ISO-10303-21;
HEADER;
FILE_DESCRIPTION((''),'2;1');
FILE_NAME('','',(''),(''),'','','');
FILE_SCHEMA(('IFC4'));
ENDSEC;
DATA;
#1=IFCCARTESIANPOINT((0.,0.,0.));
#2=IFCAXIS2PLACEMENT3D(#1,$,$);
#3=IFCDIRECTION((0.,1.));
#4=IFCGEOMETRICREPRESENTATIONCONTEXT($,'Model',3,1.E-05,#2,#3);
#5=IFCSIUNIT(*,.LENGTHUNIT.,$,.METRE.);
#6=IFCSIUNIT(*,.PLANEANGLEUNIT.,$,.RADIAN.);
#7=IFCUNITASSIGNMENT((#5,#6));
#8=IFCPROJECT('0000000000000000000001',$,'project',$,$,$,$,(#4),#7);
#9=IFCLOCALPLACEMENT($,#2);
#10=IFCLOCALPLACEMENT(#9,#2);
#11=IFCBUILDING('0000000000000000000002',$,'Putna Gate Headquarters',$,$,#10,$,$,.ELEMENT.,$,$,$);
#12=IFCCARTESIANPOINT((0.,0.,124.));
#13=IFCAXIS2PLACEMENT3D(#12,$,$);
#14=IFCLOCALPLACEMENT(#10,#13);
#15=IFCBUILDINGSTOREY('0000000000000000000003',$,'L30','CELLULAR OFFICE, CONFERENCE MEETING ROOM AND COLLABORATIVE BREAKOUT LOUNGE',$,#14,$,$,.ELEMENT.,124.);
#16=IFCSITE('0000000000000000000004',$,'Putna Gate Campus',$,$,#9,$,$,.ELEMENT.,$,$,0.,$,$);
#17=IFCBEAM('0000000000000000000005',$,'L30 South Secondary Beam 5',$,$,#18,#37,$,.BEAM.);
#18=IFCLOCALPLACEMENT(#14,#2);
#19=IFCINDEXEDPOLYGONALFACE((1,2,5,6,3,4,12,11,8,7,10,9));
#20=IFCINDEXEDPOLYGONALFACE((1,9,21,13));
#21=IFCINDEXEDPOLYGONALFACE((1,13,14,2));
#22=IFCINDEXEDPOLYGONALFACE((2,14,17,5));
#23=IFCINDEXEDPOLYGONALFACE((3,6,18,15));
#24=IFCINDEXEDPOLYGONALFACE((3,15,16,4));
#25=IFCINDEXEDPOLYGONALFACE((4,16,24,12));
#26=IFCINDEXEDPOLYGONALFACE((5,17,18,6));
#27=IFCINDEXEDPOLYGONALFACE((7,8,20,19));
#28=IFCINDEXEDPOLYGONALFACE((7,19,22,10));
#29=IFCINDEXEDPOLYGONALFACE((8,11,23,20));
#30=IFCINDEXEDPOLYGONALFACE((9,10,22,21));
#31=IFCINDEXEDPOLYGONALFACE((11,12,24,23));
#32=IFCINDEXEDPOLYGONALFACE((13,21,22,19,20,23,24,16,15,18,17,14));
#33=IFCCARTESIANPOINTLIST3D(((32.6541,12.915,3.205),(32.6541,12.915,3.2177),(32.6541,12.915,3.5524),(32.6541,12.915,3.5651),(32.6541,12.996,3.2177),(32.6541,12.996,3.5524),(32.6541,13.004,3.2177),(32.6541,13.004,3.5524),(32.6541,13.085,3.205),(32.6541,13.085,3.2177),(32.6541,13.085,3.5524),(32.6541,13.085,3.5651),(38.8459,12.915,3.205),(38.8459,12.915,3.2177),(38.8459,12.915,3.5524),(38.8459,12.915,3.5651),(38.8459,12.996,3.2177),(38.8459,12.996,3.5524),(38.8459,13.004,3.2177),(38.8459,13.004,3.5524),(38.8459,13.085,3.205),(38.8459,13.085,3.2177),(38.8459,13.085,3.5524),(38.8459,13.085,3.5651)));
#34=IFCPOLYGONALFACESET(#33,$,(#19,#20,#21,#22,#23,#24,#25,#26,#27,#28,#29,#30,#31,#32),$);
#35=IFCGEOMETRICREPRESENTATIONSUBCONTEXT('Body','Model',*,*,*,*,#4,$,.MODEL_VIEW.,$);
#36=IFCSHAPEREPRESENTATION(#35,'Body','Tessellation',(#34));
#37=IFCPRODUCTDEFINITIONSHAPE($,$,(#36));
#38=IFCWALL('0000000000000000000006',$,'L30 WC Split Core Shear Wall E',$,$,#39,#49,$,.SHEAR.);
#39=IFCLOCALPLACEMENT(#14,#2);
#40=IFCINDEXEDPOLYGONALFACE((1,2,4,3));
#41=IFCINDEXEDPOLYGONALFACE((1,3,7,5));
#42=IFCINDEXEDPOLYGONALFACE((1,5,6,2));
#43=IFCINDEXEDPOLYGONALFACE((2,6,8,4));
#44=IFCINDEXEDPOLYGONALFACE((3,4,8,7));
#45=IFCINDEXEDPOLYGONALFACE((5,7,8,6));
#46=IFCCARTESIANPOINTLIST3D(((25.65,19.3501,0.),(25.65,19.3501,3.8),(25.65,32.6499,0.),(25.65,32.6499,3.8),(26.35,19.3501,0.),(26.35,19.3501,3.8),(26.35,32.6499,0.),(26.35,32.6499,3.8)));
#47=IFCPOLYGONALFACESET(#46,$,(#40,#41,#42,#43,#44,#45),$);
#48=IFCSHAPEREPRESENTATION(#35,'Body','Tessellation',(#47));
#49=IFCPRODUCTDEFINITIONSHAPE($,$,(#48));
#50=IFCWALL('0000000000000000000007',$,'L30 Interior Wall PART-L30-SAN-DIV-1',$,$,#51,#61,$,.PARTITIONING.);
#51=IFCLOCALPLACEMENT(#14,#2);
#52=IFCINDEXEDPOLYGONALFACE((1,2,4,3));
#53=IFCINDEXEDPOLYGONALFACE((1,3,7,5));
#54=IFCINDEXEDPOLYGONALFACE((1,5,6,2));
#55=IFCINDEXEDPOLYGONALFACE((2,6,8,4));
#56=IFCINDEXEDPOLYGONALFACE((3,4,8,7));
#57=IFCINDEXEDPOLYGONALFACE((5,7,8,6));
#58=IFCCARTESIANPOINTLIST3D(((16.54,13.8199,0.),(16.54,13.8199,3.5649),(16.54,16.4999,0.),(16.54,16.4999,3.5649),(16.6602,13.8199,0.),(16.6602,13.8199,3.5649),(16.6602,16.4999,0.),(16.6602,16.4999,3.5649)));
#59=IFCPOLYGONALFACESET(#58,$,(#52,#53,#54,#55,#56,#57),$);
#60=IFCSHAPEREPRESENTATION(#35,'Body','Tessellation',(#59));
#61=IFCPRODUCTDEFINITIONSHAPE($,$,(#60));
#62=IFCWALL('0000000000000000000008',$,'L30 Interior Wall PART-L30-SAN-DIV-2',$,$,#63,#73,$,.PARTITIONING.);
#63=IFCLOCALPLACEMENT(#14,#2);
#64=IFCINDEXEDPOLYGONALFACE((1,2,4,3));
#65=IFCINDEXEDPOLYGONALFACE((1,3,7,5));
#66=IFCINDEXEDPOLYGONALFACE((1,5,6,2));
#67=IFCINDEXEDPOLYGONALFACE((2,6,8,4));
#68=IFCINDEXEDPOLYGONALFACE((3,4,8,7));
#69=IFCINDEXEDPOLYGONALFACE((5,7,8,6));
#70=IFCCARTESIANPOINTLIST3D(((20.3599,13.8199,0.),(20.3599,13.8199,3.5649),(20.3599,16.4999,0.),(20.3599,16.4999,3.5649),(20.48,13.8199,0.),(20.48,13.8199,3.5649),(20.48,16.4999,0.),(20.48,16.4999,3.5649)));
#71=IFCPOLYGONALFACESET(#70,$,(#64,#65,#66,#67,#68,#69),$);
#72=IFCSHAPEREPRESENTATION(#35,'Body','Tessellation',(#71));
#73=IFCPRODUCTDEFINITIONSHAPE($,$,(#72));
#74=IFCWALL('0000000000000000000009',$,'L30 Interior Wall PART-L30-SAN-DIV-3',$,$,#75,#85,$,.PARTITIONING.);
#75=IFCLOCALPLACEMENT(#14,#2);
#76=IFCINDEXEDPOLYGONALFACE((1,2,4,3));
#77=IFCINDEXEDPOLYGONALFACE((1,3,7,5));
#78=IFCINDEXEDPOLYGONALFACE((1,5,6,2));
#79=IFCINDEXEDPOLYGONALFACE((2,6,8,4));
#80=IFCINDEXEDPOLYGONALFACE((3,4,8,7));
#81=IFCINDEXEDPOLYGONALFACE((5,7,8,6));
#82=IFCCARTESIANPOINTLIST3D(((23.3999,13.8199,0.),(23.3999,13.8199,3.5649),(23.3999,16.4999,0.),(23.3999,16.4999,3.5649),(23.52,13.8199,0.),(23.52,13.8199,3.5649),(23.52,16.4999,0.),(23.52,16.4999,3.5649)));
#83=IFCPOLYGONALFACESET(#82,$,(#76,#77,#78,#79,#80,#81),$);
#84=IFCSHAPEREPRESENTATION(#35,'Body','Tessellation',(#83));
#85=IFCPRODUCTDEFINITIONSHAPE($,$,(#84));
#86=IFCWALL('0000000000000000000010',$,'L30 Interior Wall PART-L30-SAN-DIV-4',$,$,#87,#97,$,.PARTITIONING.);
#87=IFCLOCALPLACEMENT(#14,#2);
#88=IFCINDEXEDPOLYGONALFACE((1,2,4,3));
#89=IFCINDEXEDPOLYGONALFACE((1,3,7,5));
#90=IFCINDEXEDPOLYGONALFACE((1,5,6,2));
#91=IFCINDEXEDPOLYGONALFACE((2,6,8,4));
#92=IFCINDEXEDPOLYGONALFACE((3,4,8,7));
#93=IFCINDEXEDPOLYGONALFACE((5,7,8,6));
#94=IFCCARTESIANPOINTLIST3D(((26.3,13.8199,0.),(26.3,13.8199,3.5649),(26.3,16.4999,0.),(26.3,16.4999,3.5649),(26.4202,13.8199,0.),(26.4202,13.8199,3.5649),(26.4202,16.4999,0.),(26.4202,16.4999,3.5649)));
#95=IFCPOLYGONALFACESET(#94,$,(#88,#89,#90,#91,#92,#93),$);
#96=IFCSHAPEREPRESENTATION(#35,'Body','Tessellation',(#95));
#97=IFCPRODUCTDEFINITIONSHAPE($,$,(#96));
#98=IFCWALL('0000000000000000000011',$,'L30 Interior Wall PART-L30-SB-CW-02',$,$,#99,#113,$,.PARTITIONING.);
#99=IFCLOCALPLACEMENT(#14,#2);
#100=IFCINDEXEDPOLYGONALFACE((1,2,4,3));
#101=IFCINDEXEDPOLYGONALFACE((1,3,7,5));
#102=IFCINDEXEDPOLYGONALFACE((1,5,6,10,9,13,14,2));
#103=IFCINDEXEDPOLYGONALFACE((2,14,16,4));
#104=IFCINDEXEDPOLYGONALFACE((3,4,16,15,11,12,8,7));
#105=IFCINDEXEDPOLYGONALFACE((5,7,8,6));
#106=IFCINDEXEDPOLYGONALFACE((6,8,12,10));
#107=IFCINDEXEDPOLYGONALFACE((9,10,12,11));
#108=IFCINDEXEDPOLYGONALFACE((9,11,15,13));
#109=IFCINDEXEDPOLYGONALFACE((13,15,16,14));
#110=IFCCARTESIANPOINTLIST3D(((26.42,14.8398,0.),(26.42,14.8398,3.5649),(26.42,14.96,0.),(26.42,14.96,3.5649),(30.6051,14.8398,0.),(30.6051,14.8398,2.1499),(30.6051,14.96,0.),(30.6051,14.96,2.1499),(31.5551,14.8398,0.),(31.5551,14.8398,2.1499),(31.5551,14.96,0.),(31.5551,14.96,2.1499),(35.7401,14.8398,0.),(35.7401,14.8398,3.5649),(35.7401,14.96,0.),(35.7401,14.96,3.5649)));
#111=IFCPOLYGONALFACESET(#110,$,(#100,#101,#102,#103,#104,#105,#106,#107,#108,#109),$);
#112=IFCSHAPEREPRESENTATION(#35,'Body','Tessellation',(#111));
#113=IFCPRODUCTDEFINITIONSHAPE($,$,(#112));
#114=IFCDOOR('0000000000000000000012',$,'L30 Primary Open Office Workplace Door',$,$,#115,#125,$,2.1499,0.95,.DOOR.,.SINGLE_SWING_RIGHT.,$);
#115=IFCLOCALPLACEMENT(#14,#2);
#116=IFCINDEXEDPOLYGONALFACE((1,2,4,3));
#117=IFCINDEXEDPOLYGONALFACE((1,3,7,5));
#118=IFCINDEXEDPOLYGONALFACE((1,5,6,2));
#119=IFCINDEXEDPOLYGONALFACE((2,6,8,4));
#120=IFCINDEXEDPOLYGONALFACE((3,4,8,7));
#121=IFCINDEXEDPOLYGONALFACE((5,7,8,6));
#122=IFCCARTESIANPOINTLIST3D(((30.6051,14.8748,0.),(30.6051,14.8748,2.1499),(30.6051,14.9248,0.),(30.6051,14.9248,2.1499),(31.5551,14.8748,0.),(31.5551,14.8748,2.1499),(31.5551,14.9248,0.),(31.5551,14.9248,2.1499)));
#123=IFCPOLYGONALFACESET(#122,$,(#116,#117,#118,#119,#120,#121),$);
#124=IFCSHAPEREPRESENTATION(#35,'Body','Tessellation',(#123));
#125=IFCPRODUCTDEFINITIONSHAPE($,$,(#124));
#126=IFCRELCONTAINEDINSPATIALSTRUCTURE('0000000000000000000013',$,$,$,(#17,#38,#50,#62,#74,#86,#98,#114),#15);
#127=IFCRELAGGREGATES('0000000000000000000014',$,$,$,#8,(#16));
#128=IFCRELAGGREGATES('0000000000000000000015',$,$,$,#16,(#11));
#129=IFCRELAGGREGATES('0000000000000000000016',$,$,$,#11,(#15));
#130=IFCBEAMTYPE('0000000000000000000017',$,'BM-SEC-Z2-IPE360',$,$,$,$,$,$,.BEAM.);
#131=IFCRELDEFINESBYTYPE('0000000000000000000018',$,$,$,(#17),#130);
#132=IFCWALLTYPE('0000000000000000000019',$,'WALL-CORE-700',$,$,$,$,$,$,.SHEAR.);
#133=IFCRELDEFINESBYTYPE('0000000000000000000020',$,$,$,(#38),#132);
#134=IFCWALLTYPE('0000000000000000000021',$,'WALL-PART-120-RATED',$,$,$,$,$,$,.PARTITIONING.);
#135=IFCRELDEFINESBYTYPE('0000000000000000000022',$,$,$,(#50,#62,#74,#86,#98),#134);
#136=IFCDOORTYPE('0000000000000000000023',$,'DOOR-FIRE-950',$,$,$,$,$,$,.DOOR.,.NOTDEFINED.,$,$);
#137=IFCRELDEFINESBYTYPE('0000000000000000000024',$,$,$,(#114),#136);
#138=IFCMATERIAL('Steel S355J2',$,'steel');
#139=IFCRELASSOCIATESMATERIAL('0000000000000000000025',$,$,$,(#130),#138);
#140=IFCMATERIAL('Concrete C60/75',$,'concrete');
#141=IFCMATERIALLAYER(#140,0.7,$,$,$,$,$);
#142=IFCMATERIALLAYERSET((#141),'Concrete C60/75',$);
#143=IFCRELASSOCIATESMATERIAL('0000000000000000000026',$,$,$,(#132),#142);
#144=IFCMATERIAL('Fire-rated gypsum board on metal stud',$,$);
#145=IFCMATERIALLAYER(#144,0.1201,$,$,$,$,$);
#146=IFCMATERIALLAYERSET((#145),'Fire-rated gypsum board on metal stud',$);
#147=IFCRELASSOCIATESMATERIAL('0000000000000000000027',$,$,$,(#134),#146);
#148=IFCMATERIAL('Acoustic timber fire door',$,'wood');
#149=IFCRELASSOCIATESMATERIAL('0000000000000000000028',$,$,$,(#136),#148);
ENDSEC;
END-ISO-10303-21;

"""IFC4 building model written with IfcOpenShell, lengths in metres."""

from ifc_helpers import new_model, si_unit, direction, frame, frame_2d, origin, origin_2d, place, context, subcontext, project, spatial, rectangle, i_section, extrude, material, layer, layer_set, material_profile, profile_set, type_object, element, fill, save


model = new_model("IFC4")

# Units and contexts
model_context = context("Model", 3, precision=1e-05, world=origin(), true_north=direction((0.0, 1.0)))
body_context = subcontext(model_context, "Body", "Model", "MODEL_VIEW")
ifc_project = project(units=[si_unit("LENGTHUNIT", "METRE"), si_unit("PLANEANGLEUNIT", "RADIAN")], contexts=[model_context])

# Site, building, storey
site_placement = place(None, origin())
site = spatial("IfcSite", under=ifc_project, at=site_placement, Name="Putna Gate Campus", CompositionType="ELEMENT", RefElevation=0.0)
building_placement = place(site_placement, origin())
building = spatial("IfcBuilding", under=site, at=building_placement, Name="Putna Gate Headquarters", CompositionType="ELEMENT")
storey_placement = place(building_placement, frame((0.0, 0.0, 124.0)))
storey = spatial("IfcBuildingStorey", under=building, at=storey_placement, Name="L30", Description="CELLULAR OFFICE, CONFERENCE MEETING ROOM AND COLLABORATIVE BREAKOUT LOUNGE", CompositionType="ELEMENT", Elevation=124.0)

# Shared definitions
ifc_material_1 = material(Name="Concrete C60/75", Category="concrete")

# Beam
ifc_material_2 = material(Name="Steel S355J2", Category="steel")
ifc_material_profile_1 = material_profile(ifc_material_2, i_section(OverallWidth=0.1699, OverallDepth=0.3601, WebThickness=0.0081, FlangeThickness=0.0127, at=origin_2d()), Name="Steel S355J2")
ifc_profile_set_1 = profile_set([ifc_material_profile_1], Name="Steel S355J2")
beam_type_1 = type_object("IfcBeamType", Name="BM-SEC-Z2-IPE360", PredefinedType="BEAM", material=ifc_profile_set_1)
for number, where, z_axis, x_axis, name in (
    (1, (32.6541, 13.0, 3.385), (1.0, 0.0, 0.0), (0.0, 1.0, 0.0), "L30 South Secondary Beam 5"),
):
    element("IfcBeam", number, at=place(storey_placement, frame(where, z_axis=z_axis, x_axis=x_axis)), inside=storey, type_object=beam_type_1, Name=name, PredefinedType="BEAM", context=body_context, shape_type="SweptSolid", body=[
        extrude(i_section(OverallWidth=0.1699, OverallDepth=0.3601, WebThickness=0.0081, FlangeThickness=0.0127, at=origin_2d()), origin(), (0.0, 0.0, 1.0), 6.1919),
    ])

# Walls
ifc_layer_1 = layer(ifc_material_1, 0.7)
ifc_layer_set_1 = layer_set([ifc_layer_1], Name="Concrete C60/75")
wall_type_1 = type_object("IfcWallType", Name="WALL-CORE-700", PredefinedType="SHEAR", material=ifc_layer_set_1)
wall_1_placement = place(storey_placement, frame((26.0, 19.3501, 0.0), z_axis=(0.0, 0.0, 1.0), x_axis=(0.0, 1.0, 0.0)))
element("IfcWall", 2, at=wall_1_placement, inside=storey, type_object=wall_type_1, Name="L30 WC Split Core Shear Wall E", PredefinedType="SHEAR", context=body_context, shape_type="SweptSolid", body=[
    extrude(rectangle(XDim=13.2998, YDim=0.7, at=frame_2d((6.6499, 0.0))), origin(), (0.0, 0.0, 1.0), 3.8),
])
ifc_material_3 = material(Name="Fire-rated gypsum board on metal stud")
ifc_layer_2 = layer(ifc_material_3, 0.1201)
ifc_layer_set_2 = layer_set([ifc_layer_2], Name="Fire-rated gypsum board on metal stud")
wall_type_2 = type_object("IfcWallType", Name="WALL-PART-120-RATED", PredefinedType="PARTITIONING", material=ifc_layer_set_2)
for number, where, z_axis, x_axis, name in (
    (3, (16.6001, 13.8201, 0.0), (0.0, 0.0, 1.0), (0.0, 1.0, 0.0), "L30 Interior Wall PART-L30-SAN-DIV-1"),
    (4, (20.4199, 13.8201, 0.0), (0.0, 0.0, 1.0), (0.0, 1.0, 0.0), "L30 Interior Wall PART-L30-SAN-DIV-2"),
    (5, (23.46, 13.8201, 0.0), (0.0, 0.0, 1.0), (0.0, 1.0, 0.0), "L30 Interior Wall PART-L30-SAN-DIV-3"),
    (6, (26.3601, 13.8201, 0.0), (0.0, 0.0, 1.0), (0.0, 1.0, 0.0), "L30 Interior Wall PART-L30-SAN-DIV-4"),
):
    element("IfcWall", number, at=place(storey_placement, frame(where, z_axis=z_axis, x_axis=x_axis)), inside=storey, type_object=wall_type_2, Name=name, PredefinedType="PARTITIONING", context=body_context, shape_type="SweptSolid", body=[
        extrude(rectangle(XDim=2.6799, YDim=0.1201, at=frame_2d((1.3398, 0.0))), origin(), (0.0, 0.0, 1.0), 3.5649),
    ])

# Wall, opening, door
wall_2_placement = place(storey_placement, frame((26.4199, 14.8999, 0.0), z_axis=(0.0, 0.0, 1.0), x_axis=(1.0, 0.0, 0.0)))
wall_2 = element("IfcWall", 7, at=wall_2_placement, inside=storey, type_object=wall_type_2, Name="L30 Interior Wall PART-L30-SB-CW-02", PredefinedType="PARTITIONING", context=body_context, shape_type="SweptSolid", body=[
    extrude(rectangle(XDim=9.3201, YDim=0.1201, at=frame_2d((4.6602, 0.0))), origin(), (0.0, 0.0, 1.0), 3.5649),
])
opening_1_placement = place(wall_2_placement, frame((4.1851, 0.0, 0.0)))
opening_1 = element("IfcOpeningElement", 8, at=opening_1_placement, cuts=wall_2, PredefinedType="OPENING", context=body_context, shape_type="SweptSolid", body=[
    extrude(rectangle(XDim=0.95, YDim=2.1499, at=frame_2d((0.4751, 1.075))), frame((0.0, 0.0701, 0.0), z_axis=(0.0, -1.0, 0.0), x_axis=(1.0, 0.0, 0.0)), (0.0, 0.0, 1.0), 0.1401),
])
ifc_material_4 = material(Name="Acoustic timber fire door", Category="wood")
door_type_1 = type_object("IfcDoorType", Name="DOOR-FIRE-950", OperationType="NOTDEFINED", PredefinedType="DOOR", material=ifc_material_4)
door_1_placement = place(opening_1_placement, origin())
door_1 = element("IfcDoor", 9, at=door_1_placement, inside=storey, type_object=door_type_1, Name="L30 Primary Open Office Workplace Door", OperationType="SINGLE_SWING_RIGHT", OverallHeight=2.1499, OverallWidth=0.95, PredefinedType="DOOR", context=body_context, shape_type="SweptSolid", body=[
    extrude(rectangle(XDim=0.95, YDim=2.1499, at=frame_2d((0.4751, 1.075))), frame((0.0, 0.0249, 0.0), z_axis=(0.0, -1.0, 0.0), x_axis=(1.0, 0.0, 0.0)), (0.0, 0.0, 1.0), 0.05),
])
fill(opening_1, door_1)

save(model, "model.ifc")
